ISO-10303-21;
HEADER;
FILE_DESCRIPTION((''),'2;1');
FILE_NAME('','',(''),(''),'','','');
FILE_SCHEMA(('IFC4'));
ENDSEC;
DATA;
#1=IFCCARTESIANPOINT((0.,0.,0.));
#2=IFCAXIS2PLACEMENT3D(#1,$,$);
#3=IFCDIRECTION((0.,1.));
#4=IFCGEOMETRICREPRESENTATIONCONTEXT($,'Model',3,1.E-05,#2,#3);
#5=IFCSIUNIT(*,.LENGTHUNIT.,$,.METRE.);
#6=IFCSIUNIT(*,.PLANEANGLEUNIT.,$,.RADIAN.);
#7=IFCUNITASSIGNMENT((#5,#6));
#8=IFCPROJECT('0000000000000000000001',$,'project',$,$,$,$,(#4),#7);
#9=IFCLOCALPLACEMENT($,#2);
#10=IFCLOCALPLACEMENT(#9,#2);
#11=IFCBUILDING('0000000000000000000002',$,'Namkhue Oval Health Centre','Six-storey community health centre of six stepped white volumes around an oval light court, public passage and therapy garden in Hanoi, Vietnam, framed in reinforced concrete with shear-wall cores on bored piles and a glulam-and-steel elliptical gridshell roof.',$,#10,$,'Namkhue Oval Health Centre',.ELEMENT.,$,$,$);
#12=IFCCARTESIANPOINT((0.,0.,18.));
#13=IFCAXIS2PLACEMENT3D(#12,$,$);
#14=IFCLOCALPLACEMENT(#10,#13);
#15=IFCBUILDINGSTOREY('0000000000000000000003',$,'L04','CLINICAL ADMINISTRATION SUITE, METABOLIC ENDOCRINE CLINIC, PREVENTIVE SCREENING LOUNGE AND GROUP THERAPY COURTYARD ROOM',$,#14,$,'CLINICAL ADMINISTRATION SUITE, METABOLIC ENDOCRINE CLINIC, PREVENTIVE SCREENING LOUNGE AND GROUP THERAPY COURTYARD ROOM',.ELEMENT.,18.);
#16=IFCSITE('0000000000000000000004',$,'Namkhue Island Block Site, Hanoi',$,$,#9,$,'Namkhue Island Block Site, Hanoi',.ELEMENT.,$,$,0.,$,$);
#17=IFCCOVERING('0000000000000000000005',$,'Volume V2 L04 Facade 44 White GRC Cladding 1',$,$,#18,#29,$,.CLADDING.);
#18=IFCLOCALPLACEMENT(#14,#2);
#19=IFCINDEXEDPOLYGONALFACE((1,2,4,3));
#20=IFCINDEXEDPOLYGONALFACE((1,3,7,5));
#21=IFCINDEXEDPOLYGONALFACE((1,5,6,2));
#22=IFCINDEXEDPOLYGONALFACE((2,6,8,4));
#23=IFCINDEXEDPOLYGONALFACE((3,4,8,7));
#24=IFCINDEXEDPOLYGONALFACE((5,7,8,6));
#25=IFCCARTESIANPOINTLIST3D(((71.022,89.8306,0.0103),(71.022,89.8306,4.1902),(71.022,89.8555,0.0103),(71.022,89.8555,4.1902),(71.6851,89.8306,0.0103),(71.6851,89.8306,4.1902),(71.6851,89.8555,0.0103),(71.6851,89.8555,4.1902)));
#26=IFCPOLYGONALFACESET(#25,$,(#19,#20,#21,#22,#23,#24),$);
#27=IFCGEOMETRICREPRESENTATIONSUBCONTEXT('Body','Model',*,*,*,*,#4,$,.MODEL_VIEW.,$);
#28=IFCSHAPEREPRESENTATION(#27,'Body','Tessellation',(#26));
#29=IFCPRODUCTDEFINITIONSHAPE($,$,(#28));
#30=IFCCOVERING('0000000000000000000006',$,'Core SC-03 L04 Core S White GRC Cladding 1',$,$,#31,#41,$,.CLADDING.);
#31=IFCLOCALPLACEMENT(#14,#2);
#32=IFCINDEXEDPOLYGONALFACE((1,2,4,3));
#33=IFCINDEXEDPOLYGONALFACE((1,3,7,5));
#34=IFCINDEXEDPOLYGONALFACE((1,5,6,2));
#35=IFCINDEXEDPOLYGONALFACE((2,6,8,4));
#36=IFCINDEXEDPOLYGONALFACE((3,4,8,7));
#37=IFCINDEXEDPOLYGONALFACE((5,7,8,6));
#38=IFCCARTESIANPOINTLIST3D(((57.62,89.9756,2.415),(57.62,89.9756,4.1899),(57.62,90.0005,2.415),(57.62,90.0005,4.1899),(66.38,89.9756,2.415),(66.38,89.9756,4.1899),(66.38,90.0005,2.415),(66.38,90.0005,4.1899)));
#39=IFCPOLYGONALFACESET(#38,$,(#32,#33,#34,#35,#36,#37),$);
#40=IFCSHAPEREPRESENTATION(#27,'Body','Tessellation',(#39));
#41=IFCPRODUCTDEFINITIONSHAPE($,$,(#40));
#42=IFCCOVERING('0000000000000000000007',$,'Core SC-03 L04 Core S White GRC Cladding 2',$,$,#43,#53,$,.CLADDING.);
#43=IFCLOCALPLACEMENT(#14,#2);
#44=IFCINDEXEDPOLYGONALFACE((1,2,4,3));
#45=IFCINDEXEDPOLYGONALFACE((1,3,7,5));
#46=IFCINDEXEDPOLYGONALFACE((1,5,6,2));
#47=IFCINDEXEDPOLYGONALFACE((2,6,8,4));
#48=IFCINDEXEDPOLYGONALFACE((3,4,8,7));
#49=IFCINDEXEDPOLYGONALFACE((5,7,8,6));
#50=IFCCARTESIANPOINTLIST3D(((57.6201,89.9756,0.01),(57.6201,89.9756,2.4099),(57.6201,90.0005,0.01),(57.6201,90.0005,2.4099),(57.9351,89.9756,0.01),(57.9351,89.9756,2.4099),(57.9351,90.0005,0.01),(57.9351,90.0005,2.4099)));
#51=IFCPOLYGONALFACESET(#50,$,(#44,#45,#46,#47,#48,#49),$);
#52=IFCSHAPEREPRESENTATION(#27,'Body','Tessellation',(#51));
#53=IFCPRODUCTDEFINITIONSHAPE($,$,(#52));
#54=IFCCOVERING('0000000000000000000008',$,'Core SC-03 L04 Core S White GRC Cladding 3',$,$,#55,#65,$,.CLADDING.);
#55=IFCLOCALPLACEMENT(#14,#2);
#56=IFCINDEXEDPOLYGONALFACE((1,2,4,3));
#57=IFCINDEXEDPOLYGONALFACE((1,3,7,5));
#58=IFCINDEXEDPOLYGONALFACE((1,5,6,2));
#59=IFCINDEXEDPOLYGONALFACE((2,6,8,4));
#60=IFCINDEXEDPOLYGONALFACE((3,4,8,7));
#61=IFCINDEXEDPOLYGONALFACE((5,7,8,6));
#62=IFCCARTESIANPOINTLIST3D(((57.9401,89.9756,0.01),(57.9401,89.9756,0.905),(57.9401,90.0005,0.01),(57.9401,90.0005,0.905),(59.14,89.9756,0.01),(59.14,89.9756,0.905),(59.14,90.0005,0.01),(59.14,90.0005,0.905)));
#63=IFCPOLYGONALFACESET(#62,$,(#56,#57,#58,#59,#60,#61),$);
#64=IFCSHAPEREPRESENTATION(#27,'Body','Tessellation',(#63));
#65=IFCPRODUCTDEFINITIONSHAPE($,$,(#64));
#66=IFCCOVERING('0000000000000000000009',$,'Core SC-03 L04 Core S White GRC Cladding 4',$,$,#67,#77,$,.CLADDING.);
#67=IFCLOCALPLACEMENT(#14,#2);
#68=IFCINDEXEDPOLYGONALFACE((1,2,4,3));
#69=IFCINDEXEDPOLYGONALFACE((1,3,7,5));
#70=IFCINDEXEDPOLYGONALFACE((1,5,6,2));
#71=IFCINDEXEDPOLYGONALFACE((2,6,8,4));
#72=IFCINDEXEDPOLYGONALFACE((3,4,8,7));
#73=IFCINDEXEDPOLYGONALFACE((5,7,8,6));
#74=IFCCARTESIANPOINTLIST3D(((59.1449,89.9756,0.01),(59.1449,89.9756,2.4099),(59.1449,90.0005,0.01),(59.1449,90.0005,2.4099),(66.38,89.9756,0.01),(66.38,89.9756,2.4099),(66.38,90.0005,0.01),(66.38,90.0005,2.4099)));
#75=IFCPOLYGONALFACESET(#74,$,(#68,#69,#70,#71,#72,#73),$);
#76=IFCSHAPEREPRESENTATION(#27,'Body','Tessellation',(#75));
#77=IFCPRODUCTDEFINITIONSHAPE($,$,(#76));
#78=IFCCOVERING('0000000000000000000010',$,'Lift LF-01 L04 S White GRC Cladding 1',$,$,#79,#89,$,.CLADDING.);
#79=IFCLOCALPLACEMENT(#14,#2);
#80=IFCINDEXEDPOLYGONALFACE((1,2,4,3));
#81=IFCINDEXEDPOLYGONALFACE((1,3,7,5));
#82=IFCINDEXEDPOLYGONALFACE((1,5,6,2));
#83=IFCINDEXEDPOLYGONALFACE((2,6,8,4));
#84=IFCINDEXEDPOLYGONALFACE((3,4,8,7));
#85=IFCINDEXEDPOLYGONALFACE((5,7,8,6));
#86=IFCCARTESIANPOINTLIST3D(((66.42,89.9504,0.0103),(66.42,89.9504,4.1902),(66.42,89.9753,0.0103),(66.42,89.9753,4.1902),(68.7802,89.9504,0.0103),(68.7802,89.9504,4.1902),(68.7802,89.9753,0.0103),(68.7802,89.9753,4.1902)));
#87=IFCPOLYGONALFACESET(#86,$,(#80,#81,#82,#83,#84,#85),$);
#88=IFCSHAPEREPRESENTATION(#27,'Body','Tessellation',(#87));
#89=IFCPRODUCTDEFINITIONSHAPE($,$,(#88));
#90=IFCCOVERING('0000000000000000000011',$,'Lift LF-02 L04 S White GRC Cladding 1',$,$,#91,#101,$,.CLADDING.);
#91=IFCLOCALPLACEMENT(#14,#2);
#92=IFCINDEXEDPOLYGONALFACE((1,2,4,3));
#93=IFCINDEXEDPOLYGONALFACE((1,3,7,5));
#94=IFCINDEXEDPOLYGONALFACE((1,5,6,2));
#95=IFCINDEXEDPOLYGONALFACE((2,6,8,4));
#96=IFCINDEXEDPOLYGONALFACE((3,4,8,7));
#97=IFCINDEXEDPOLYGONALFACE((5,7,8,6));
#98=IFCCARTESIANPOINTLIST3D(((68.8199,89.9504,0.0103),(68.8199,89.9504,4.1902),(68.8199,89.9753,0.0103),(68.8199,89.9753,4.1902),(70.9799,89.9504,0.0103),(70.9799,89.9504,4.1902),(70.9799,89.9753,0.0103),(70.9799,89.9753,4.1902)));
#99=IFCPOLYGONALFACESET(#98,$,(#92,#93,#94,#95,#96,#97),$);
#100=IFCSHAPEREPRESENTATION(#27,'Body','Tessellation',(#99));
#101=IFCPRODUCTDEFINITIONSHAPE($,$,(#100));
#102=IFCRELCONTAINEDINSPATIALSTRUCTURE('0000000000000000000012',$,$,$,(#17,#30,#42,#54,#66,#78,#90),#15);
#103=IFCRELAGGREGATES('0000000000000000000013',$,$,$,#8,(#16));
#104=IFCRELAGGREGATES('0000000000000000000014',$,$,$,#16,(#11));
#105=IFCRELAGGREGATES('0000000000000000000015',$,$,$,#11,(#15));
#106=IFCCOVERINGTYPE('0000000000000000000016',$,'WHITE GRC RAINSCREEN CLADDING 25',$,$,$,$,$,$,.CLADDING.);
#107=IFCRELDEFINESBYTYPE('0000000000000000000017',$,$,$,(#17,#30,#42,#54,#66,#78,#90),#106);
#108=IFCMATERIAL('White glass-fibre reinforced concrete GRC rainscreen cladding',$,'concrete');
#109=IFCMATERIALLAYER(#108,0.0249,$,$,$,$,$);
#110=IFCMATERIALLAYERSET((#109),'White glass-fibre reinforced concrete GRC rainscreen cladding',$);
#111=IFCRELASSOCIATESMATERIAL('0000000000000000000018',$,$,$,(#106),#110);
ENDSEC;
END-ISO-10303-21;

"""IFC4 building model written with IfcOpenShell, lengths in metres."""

from ifc_helpers import new_model, si_unit, direction, frame, origin, origin_2d, place, context, subcontext, project, spatial, rectangle, extrude, material, layer, layer_set, type_object, element, save


model = new_model("IFC4")

# Units and contexts
model_context = context("Model", 3, precision=1e-05, world=origin(), true_north=direction((0.0, 1.0)))
body_context = subcontext(model_context, "Body", "Model", "MODEL_VIEW")
ifc_project = project(units=[si_unit("LENGTHUNIT", "METRE"), si_unit("PLANEANGLEUNIT", "RADIAN")], contexts=[model_context])

# Site, building, storey
site_placement = place(None, origin())
site = spatial("IfcSite", under=ifc_project, at=site_placement, Name="Namkhue Island Block Site, Hanoi", LongName="Namkhue Island Block Site, Hanoi", CompositionType="ELEMENT", RefElevation=0.0)
building_placement = place(site_placement, origin())
building = spatial("IfcBuilding", under=site, at=building_placement, Name="Namkhue Oval Health Centre", Description="Six-storey community health centre of six stepped white volumes around an oval light court, public passage and therapy garden in Hanoi, Vietnam, framed in reinforced concrete with shear-wall cores on bored piles and a glulam-and-steel elliptical gridshell roof.", LongName="Namkhue Oval Health Centre", CompositionType="ELEMENT")
storey_placement = place(building_placement, frame((0.0, 0.0, 18.0)))
storey = spatial("IfcBuildingStorey", under=building, at=storey_placement, Name="L04", Description="CLINICAL ADMINISTRATION SUITE, METABOLIC ENDOCRINE CLINIC, PREVENTIVE SCREENING LOUNGE AND GROUP THERAPY COURTYARD ROOM", LongName="CLINICAL ADMINISTRATION SUITE, METABOLIC ENDOCRINE CLINIC, PREVENTIVE SCREENING LOUNGE AND GROUP THERAPY COURTYARD ROOM", CompositionType="ELEMENT", Elevation=18.0)

# Coverings
ifc_material_1 = material(Name="White glass-fibre reinforced concrete GRC rainscreen cladding", Category="concrete")
ifc_layer_1 = layer(ifc_material_1, 0.0249)
ifc_layer_set_1 = layer_set([ifc_layer_1], Name="White glass-fibre reinforced concrete GRC rainscreen cladding")
covering_type = type_object("IfcCoveringType", Name="WHITE GRC RAINSCREEN CLADDING 25", PredefinedType="CLADDING", material=ifc_layer_set_1)
covering_1_placement = place(storey_placement, frame((71.3535, 89.843, 0.0103), z_axis=(0.0, 0.0, 1.0), x_axis=(1.0, 0.0, 0.0)))
element("IfcCovering", 1, at=covering_1_placement, inside=storey, type_object=covering_type, Name="Volume V2 L04 Facade 44 White GRC Cladding 1", PredefinedType="CLADDING", context=body_context, shape_type="SweptSolid", body=[
    extrude(rectangle(XDim=0.6631, YDim=0.0249, at=origin_2d()), origin(), (0.0, 0.0, 1.0), 4.1799),
])
covering_2_placement = place(storey_placement, frame((62.0, 89.988, 2.415), z_axis=(0.0, 0.0, 1.0), x_axis=(1.0, 0.0, 0.0)))
element("IfcCovering", 2, at=covering_2_placement, inside=storey, type_object=covering_type, Name="Core SC-03 L04 Core S White GRC Cladding 1", PredefinedType="CLADDING", context=body_context, shape_type="SweptSolid", body=[
    extrude(rectangle(XDim=8.76, YDim=0.0249, at=origin_2d()), origin(), (0.0, 0.0, 1.0), 1.7749),
])
covering_3_placement = place(storey_placement, frame((57.7776, 89.988, 0.01), z_axis=(0.0, 0.0, 1.0), x_axis=(1.0, 0.0, 0.0)))
element("IfcCovering", 3, at=covering_3_placement, inside=storey, type_object=covering_type, Name="Core SC-03 L04 Core S White GRC Cladding 2", PredefinedType="CLADDING", context=body_context, shape_type="SweptSolid", body=[
    extrude(rectangle(XDim=0.3149, YDim=0.0249, at=origin_2d()), origin(), (0.0, 0.0, 1.0), 2.3999),
])
covering_4_placement = place(storey_placement, frame((58.54, 89.988, 0.01), z_axis=(0.0, 0.0, 1.0), x_axis=(1.0, 0.0, 0.0)))
element("IfcCovering", 4, at=covering_4_placement, inside=storey, type_object=covering_type, Name="Core SC-03 L04 Core S White GRC Cladding 3", PredefinedType="CLADDING", context=body_context, shape_type="SweptSolid", body=[
    extrude(rectangle(XDim=1.2, YDim=0.0249, at=origin_2d()), origin(), (0.0, 0.0, 1.0), 0.895),
])
covering_5_placement = place(storey_placement, frame((62.7625, 89.988, 0.01), z_axis=(0.0, 0.0, 1.0), x_axis=(1.0, 0.0, 0.0)))
element("IfcCovering", 5, at=covering_5_placement, inside=storey, type_object=covering_type, Name="Core SC-03 L04 Core S White GRC Cladding 4", PredefinedType="CLADDING", context=body_context, shape_type="SweptSolid", body=[
    extrude(rectangle(XDim=7.2351, YDim=0.0249, at=origin_2d()), origin(), (0.0, 0.0, 1.0), 2.3999),
])
covering_6_placement = place(storey_placement, frame((67.6001, 89.9629, 0.0103), z_axis=(0.0, 0.0, 1.0), x_axis=(1.0, 0.0, 0.0)))
element("IfcCovering", 6, at=covering_6_placement, inside=storey, type_object=covering_type, Name="Lift LF-01 L04 S White GRC Cladding 1", PredefinedType="CLADDING", context=body_context, shape_type="SweptSolid", body=[
    extrude(rectangle(XDim=2.3601, YDim=0.0249, at=origin_2d()), origin(), (0.0, 0.0, 1.0), 4.1799),
])
covering_7_placement = place(storey_placement, frame((69.8999, 89.9629, 0.0103), z_axis=(0.0, 0.0, 1.0), x_axis=(1.0, 0.0, 0.0)))
element("IfcCovering", 7, at=covering_7_placement, inside=storey, type_object=covering_type, Name="Lift LF-02 L04 S White GRC Cladding 1", PredefinedType="CLADDING", context=body_context, shape_type="SweptSolid", body=[
    extrude(rectangle(XDim=2.1599, YDim=0.0249, at=origin_2d()), origin(), (0.0, 0.0, 1.0), 4.1799),
])

save(model, "model.ifc")
